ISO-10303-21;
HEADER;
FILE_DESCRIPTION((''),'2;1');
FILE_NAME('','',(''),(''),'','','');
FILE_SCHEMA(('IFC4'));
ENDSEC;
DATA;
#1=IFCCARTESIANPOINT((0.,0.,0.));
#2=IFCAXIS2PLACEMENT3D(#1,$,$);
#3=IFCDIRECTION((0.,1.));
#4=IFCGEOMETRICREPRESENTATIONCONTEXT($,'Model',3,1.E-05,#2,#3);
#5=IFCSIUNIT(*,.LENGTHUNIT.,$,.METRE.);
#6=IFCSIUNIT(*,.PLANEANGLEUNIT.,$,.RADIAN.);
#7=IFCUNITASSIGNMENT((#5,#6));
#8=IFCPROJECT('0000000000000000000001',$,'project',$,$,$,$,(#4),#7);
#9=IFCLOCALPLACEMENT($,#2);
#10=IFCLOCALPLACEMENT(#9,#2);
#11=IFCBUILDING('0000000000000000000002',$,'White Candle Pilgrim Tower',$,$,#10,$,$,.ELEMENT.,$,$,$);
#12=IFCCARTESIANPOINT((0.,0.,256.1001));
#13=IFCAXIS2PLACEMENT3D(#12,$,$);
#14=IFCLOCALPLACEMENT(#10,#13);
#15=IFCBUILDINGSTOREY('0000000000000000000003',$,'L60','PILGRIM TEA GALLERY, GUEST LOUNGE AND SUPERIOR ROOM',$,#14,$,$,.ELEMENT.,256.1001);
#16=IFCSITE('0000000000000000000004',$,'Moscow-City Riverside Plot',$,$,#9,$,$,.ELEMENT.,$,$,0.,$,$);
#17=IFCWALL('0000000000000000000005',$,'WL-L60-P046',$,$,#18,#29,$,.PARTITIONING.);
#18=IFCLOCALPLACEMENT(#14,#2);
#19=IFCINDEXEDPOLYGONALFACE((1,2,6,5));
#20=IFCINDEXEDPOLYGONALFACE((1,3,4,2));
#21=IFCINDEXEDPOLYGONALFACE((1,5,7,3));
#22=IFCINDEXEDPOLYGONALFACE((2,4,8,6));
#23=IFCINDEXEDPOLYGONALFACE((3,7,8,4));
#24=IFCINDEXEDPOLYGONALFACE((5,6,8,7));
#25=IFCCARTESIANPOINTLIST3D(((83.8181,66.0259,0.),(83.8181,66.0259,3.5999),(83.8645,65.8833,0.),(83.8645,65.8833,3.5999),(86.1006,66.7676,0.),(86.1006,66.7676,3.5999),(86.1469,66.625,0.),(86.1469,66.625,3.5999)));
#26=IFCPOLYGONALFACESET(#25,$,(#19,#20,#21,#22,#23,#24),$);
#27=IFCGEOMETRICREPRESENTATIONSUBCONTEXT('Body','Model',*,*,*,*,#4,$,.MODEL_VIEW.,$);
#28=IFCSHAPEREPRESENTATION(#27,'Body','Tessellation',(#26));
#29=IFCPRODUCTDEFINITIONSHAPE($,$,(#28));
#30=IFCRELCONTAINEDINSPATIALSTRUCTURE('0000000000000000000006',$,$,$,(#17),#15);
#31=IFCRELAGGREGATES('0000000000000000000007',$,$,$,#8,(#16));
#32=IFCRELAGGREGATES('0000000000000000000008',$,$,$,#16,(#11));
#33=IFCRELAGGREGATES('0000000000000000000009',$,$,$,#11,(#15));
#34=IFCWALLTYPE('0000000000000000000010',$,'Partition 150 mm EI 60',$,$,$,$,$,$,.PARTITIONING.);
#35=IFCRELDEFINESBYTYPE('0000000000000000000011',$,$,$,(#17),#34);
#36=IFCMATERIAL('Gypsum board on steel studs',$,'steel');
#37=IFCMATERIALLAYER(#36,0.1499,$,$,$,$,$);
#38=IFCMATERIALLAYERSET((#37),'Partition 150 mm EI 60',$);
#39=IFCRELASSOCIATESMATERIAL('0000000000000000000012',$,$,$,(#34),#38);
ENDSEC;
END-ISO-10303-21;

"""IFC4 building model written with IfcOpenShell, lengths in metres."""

from ifc_helpers import new_model, si_unit, direction, frame, frame_2d, origin, place, context, subcontext, project, spatial, rectangle, extrude, material, layer, layer_set, type_object, element, save


model = new_model("IFC4")

# Units and contexts
model_context = context("Model", 3, precision=1e-05, world=origin(), true_north=direction((0.0, 1.0)))
body_context = subcontext(model_context, "Body", "Model", "MODEL_VIEW")
ifc_project = project(units=[si_unit("LENGTHUNIT", "METRE"), si_unit("PLANEANGLEUNIT", "RADIAN")], contexts=[model_context])

# Site, building, storey
site_placement = place(None, origin())
site = spatial("IfcSite", under=ifc_project, at=site_placement, Name="Moscow-City Riverside Plot", CompositionType="ELEMENT", RefElevation=0.0)
building_placement = place(site_placement, origin())
building = spatial("IfcBuilding", under=site, at=building_placement, Name="White Candle Pilgrim Tower", CompositionType="ELEMENT")
storey_placement = place(building_placement, frame((0.0, 0.0, 256.1001)))
storey = spatial("IfcBuildingStorey", under=building, at=storey_placement, Name="L60", Description="PILGRIM TEA GALLERY, GUEST LOUNGE AND SUPERIOR ROOM", CompositionType="ELEMENT", Elevation=256.1001)

# Shared definitions
ifc_material_1 = material(Name="Gypsum board on steel studs", Category="steel")

# Wall
ifc_layer_1 = layer(ifc_material_1, 0.1499)
ifc_layer_set_1 = layer_set([ifc_layer_1], Name="Partition 150 mm EI 60")
wall_type_1 = type_object("IfcWallType", Name="Partition 150 mm EI 60", PredefinedType="PARTITIONING", material=ifc_layer_set_1)
wall_1_placement = place(storey_placement, frame((83.8413, 65.9546, 0.0), z_axis=(0.0, 0.0, 1.0), x_axis=(0.951047, 0.309047, 0.0)))
element("IfcWall", 1, at=wall_1_placement, inside=storey, type_object=wall_type_1, Name="WL-L60-P046", PredefinedType="PARTITIONING", context=body_context, shape_type="SweptSolid", body=[
    extrude(rectangle(XDim=2.3999, YDim=0.1499, at=frame_2d((1.2, 0.0))), origin(), (0.0, 0.0, 1.0), 3.5999),
])

save(model, "model.ifc")
